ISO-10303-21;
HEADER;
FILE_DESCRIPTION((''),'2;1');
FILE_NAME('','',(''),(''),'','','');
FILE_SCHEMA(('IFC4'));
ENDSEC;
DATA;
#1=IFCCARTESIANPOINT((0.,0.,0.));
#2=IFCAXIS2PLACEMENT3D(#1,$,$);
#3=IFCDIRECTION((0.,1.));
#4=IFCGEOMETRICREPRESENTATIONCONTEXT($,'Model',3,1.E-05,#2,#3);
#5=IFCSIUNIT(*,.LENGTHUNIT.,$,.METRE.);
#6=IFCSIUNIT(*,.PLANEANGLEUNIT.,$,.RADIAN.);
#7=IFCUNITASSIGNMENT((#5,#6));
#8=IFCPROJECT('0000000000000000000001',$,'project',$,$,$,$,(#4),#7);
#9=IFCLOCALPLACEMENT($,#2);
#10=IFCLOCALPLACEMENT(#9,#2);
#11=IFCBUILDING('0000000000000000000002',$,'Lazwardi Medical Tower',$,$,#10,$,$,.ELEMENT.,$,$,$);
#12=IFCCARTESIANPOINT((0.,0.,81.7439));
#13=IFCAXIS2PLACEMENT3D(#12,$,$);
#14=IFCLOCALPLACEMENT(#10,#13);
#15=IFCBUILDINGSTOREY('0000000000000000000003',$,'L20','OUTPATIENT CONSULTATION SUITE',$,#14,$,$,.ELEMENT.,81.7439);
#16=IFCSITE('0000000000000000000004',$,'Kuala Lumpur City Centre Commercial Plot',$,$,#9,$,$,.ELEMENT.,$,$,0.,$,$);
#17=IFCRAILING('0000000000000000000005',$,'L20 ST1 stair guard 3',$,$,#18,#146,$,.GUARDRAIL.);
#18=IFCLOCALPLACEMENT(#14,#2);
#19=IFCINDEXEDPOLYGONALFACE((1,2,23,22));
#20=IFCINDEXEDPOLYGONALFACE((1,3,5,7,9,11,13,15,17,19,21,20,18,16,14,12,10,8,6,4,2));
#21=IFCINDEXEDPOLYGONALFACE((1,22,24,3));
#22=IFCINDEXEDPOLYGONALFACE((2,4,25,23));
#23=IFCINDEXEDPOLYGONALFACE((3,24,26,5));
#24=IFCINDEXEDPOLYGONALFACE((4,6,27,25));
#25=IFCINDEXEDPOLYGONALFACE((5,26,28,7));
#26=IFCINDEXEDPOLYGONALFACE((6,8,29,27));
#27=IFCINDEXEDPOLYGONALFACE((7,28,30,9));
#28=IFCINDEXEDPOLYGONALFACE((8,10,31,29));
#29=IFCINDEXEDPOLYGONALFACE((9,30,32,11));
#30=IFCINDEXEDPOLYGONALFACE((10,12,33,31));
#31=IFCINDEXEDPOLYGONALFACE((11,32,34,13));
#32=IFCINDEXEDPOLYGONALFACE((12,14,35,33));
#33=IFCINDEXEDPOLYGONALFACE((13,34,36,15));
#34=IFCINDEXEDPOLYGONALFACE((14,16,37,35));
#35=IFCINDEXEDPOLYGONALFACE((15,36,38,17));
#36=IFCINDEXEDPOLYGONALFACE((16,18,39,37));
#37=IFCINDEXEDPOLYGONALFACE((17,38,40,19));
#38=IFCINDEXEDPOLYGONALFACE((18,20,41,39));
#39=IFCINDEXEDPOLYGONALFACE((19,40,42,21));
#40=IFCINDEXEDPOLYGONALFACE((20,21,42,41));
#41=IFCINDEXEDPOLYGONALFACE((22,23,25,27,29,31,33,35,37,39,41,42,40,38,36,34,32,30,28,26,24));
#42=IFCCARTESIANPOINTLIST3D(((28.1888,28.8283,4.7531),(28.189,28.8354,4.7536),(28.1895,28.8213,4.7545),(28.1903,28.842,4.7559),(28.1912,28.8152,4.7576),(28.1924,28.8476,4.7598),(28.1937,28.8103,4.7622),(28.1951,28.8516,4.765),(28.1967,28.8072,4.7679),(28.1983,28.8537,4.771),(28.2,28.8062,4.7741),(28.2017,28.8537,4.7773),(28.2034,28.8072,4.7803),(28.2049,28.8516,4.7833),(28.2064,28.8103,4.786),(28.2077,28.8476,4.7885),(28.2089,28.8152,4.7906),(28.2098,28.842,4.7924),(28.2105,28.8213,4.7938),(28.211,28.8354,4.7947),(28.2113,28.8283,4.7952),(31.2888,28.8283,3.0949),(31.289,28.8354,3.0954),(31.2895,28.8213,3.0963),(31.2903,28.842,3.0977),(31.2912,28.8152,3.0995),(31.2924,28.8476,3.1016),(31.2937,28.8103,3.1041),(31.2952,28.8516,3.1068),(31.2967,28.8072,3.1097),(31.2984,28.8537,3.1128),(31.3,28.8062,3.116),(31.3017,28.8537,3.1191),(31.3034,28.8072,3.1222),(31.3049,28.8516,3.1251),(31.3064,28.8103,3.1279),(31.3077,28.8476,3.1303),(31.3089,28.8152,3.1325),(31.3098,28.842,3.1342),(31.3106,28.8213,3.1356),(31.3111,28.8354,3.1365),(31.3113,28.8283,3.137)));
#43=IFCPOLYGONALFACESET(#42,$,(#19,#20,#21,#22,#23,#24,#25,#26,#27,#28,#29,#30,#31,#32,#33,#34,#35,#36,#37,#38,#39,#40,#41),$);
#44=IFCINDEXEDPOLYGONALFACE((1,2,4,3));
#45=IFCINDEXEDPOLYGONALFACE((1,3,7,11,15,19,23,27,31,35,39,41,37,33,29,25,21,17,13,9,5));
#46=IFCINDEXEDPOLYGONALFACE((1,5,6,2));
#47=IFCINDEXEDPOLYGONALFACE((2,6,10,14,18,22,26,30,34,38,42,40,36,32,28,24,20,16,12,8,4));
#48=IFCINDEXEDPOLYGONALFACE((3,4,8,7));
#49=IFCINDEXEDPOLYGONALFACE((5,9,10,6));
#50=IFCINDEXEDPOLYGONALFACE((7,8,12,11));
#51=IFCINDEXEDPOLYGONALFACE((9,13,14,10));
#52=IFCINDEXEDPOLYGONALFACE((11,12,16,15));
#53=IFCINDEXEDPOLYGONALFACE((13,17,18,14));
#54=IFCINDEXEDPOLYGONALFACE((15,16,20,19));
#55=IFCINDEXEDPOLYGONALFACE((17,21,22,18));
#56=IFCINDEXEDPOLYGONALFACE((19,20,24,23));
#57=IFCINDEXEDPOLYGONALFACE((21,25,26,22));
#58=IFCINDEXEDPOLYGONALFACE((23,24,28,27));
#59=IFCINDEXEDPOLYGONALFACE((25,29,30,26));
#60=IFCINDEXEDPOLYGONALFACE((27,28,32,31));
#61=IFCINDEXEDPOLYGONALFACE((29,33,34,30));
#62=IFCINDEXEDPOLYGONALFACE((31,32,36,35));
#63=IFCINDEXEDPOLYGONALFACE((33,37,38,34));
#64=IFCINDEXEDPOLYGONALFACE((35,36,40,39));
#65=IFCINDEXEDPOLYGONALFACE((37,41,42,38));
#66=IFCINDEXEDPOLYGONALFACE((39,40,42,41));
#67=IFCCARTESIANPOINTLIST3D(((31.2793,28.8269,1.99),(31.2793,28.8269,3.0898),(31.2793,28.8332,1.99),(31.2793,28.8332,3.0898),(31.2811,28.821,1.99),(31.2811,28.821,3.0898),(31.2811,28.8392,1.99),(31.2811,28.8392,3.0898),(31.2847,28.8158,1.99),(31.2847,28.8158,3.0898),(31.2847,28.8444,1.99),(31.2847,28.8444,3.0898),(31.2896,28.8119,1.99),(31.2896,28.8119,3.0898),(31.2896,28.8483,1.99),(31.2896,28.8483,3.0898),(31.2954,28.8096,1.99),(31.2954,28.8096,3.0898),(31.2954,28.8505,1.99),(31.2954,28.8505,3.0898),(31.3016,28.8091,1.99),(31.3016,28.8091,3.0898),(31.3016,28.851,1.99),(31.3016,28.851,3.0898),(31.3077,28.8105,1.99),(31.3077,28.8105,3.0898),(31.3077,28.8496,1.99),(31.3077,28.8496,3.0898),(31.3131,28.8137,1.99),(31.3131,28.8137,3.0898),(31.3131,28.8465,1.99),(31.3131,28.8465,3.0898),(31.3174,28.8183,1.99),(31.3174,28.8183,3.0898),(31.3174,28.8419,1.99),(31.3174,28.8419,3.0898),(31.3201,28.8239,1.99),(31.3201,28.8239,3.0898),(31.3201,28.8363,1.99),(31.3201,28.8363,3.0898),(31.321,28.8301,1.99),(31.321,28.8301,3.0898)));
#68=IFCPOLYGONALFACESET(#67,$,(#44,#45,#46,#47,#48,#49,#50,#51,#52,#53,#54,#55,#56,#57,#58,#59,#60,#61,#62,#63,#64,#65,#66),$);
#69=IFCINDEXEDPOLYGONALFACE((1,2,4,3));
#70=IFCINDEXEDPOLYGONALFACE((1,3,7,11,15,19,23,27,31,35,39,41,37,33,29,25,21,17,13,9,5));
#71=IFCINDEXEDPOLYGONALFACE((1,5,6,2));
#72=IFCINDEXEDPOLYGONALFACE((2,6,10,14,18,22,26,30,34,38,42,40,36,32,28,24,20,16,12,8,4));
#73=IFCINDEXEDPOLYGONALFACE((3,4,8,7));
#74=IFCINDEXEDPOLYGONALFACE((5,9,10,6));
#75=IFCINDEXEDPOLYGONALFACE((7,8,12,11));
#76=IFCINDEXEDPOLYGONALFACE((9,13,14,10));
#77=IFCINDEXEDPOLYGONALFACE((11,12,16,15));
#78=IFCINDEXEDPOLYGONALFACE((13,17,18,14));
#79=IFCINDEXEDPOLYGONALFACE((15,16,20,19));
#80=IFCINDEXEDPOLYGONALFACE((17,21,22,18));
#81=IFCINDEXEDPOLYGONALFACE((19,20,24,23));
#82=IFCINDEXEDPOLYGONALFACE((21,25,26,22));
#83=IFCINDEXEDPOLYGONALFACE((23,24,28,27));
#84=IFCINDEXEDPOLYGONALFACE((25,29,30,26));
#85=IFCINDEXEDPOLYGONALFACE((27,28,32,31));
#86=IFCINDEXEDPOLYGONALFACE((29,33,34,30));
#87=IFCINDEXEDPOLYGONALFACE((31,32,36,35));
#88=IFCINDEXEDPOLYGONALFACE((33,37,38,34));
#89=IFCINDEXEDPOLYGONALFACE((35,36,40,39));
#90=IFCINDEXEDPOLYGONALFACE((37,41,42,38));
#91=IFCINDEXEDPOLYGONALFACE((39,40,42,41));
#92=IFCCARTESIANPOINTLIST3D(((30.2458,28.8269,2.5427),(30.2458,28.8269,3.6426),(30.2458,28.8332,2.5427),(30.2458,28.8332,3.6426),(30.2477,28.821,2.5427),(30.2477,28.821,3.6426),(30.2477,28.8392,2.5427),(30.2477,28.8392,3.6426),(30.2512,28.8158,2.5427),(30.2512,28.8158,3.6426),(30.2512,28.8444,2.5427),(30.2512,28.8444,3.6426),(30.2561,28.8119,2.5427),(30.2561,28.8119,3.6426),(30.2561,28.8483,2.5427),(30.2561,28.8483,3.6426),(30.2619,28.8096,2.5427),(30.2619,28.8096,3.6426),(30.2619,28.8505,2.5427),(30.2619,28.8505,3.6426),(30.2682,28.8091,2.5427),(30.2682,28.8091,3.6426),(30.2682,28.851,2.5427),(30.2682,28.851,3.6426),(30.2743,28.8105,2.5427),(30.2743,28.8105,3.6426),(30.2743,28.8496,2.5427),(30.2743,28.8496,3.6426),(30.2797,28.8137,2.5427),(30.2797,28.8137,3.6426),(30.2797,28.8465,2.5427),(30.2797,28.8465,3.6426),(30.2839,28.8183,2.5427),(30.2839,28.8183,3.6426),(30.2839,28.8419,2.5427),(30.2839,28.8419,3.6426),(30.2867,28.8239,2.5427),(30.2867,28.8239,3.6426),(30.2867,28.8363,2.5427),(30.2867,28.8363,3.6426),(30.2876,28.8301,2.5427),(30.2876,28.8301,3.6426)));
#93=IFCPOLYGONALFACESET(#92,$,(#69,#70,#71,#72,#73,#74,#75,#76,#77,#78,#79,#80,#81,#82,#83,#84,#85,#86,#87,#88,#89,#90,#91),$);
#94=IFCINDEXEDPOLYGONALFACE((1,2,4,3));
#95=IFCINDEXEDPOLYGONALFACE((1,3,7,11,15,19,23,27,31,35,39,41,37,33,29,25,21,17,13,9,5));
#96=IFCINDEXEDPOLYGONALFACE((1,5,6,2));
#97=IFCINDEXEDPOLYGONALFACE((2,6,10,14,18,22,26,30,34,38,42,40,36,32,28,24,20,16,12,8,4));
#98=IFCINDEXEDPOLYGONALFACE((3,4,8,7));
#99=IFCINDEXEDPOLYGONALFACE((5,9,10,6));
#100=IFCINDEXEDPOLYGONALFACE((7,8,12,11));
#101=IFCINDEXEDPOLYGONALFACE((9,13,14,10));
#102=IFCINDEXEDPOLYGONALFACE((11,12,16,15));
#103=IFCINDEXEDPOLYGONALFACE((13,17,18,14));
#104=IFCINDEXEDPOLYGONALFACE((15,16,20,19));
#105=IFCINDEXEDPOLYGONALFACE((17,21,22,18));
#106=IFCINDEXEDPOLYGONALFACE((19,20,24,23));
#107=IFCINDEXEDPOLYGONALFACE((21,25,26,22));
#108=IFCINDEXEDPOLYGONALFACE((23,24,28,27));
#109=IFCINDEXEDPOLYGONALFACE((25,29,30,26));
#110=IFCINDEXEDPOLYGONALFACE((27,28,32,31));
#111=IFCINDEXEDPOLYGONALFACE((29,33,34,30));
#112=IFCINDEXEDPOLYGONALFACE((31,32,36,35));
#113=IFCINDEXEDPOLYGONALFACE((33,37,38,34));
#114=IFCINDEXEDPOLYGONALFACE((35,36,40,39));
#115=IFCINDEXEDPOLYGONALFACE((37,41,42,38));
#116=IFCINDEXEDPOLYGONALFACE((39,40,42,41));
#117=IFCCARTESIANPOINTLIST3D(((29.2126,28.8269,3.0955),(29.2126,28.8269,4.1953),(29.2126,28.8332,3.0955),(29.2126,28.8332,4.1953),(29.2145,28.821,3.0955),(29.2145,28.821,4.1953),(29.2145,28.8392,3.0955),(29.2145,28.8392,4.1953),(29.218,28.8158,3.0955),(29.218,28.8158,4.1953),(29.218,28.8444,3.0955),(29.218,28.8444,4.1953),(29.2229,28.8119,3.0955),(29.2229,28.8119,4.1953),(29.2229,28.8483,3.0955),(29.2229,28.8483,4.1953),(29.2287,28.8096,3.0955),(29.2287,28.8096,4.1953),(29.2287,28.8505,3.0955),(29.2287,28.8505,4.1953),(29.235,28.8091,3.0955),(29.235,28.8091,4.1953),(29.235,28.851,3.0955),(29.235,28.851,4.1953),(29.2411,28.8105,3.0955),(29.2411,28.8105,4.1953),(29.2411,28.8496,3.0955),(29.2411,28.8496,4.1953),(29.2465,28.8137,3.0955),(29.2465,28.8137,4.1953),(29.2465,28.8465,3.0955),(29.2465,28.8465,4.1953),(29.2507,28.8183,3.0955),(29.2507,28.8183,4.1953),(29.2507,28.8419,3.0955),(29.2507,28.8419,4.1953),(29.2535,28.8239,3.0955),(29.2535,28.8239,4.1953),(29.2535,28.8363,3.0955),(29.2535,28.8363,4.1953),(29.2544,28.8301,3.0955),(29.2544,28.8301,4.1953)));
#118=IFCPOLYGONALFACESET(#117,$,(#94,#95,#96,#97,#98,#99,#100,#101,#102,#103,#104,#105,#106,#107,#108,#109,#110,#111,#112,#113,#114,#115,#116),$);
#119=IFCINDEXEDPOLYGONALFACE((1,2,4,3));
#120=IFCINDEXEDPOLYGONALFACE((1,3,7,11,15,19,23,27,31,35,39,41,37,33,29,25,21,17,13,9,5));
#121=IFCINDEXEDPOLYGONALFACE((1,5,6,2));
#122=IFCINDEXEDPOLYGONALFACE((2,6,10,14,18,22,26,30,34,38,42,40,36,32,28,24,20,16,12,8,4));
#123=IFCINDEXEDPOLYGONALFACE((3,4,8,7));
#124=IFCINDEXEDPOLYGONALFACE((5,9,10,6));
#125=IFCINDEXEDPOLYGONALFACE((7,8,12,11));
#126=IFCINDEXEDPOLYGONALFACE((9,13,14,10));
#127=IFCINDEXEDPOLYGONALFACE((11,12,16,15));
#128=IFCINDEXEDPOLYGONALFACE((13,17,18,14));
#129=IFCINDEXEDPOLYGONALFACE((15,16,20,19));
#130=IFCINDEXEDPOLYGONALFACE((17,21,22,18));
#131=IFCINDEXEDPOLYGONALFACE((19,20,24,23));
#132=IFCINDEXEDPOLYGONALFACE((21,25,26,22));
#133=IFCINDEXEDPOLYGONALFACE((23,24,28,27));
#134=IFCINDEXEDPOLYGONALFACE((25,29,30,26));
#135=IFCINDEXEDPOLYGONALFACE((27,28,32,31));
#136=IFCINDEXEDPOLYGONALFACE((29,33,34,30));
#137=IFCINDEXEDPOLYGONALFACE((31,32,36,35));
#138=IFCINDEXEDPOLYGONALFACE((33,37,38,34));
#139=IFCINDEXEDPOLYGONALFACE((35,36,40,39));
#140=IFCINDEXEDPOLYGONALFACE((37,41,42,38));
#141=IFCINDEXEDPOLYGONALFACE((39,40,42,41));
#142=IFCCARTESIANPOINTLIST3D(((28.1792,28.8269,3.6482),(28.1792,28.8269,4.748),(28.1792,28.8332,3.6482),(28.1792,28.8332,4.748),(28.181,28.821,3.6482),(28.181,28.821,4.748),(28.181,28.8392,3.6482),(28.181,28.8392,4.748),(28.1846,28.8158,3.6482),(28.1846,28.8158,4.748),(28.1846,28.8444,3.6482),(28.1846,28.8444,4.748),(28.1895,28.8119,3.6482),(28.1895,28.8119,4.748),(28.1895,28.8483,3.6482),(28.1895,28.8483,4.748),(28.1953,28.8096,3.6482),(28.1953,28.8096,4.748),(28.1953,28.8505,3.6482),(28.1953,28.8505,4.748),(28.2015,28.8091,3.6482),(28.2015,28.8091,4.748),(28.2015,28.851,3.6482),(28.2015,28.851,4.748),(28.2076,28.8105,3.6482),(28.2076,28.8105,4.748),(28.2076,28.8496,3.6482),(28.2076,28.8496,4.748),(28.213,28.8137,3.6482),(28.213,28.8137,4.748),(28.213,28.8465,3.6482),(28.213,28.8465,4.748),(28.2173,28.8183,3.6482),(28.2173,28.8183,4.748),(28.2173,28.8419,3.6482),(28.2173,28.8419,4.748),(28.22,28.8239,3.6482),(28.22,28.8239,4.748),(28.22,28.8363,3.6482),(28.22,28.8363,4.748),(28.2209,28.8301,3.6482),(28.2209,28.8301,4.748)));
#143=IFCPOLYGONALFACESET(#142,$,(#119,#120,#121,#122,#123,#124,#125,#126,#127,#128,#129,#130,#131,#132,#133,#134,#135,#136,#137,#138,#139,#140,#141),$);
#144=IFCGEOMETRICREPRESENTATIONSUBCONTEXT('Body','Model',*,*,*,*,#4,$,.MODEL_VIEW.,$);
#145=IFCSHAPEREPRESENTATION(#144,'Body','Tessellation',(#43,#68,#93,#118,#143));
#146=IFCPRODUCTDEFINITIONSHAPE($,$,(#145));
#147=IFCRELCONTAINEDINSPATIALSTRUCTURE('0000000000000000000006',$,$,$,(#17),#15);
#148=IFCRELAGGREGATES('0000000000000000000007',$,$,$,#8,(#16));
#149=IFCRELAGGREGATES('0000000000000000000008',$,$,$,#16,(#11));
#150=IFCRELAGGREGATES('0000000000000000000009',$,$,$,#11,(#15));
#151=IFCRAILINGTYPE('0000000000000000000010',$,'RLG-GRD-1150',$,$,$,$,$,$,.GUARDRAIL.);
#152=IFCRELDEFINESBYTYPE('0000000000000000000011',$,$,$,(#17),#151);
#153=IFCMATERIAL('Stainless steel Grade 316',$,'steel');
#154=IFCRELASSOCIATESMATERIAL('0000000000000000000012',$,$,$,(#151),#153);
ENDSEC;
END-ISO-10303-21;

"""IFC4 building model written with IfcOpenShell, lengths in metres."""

from ifc_helpers import new_model, si_unit, direction, frame, origin, origin_2d, place, context, subcontext, project, spatial, circle, extrude, material, type_object, element, save


model = new_model("IFC4")

# Units and contexts
model_context = context("Model", 3, precision=1e-05, world=origin(), true_north=direction((0.0, 1.0)))
body_context = subcontext(model_context, "Body", "Model", "MODEL_VIEW")
ifc_project = project(units=[si_unit("LENGTHUNIT", "METRE"), si_unit("PLANEANGLEUNIT", "RADIAN")], contexts=[model_context])

# Site, building, storey
site_placement = place(None, origin())
site = spatial("IfcSite", under=ifc_project, at=site_placement, Name="Kuala Lumpur City Centre Commercial Plot", CompositionType="ELEMENT", RefElevation=0.0)
building_placement = place(site_placement, origin())
building = spatial("IfcBuilding", under=site, at=building_placement, Name="Lazwardi Medical Tower", CompositionType="ELEMENT")
storey_placement = place(building_placement, frame((0.0, 0.0, 81.7439)))
storey = spatial("IfcBuildingStorey", under=building, at=storey_placement, Name="L20", Description="OUTPATIENT CONSULTATION SUITE", CompositionType="ELEMENT", Elevation=81.7439)

# Railing
ifc_material_1 = material(Name="Stainless steel Grade 316", Category="steel")
railing_type_1 = type_object("IfcRailingType", Name="RLG-GRD-1150", PredefinedType="GUARDRAIL", material=ifc_material_1)
railing_1_placement = place(storey_placement, frame((31.3, 28.8301, 1.99)))
element("IfcRailing", 1, at=railing_1_placement, inside=storey, type_object=railing_type_1, Name="L20 ST1 stair guard 3", PredefinedType="GUARDRAIL", context=body_context, shape_type="SweptSolid", body=[
    extrude(circle(Radius=0.0239, at=origin_2d()), frame((0.0, 0.0, 1.126), z_axis=(-0.881783, 0.0, 0.471655), x_axis=(0.0, -1.0, 0.0)), (0.0, 0.0, 1.0), 3.5156),
    extrude(circle(Radius=0.021, at=origin_2d()), origin(), (0.0, 0.0, 1.0), 1.0999),
    extrude(circle(Radius=0.021, at=origin_2d()), frame((-1.0334, 0.0, 0.5527)), (0.0, 0.0, 1.0), 1.0999),
    extrude(circle(Radius=0.021, at=origin_2d()), frame((-2.0667, 0.0, 1.1055)), (0.0, 0.0, 1.0), 1.0999),
    extrude(circle(Radius=0.021, at=origin_2d()), frame((-3.1001, 0.0, 1.6582)), (0.0, 0.0, 1.0), 1.0999),
])

save(model, "model.ifc")
